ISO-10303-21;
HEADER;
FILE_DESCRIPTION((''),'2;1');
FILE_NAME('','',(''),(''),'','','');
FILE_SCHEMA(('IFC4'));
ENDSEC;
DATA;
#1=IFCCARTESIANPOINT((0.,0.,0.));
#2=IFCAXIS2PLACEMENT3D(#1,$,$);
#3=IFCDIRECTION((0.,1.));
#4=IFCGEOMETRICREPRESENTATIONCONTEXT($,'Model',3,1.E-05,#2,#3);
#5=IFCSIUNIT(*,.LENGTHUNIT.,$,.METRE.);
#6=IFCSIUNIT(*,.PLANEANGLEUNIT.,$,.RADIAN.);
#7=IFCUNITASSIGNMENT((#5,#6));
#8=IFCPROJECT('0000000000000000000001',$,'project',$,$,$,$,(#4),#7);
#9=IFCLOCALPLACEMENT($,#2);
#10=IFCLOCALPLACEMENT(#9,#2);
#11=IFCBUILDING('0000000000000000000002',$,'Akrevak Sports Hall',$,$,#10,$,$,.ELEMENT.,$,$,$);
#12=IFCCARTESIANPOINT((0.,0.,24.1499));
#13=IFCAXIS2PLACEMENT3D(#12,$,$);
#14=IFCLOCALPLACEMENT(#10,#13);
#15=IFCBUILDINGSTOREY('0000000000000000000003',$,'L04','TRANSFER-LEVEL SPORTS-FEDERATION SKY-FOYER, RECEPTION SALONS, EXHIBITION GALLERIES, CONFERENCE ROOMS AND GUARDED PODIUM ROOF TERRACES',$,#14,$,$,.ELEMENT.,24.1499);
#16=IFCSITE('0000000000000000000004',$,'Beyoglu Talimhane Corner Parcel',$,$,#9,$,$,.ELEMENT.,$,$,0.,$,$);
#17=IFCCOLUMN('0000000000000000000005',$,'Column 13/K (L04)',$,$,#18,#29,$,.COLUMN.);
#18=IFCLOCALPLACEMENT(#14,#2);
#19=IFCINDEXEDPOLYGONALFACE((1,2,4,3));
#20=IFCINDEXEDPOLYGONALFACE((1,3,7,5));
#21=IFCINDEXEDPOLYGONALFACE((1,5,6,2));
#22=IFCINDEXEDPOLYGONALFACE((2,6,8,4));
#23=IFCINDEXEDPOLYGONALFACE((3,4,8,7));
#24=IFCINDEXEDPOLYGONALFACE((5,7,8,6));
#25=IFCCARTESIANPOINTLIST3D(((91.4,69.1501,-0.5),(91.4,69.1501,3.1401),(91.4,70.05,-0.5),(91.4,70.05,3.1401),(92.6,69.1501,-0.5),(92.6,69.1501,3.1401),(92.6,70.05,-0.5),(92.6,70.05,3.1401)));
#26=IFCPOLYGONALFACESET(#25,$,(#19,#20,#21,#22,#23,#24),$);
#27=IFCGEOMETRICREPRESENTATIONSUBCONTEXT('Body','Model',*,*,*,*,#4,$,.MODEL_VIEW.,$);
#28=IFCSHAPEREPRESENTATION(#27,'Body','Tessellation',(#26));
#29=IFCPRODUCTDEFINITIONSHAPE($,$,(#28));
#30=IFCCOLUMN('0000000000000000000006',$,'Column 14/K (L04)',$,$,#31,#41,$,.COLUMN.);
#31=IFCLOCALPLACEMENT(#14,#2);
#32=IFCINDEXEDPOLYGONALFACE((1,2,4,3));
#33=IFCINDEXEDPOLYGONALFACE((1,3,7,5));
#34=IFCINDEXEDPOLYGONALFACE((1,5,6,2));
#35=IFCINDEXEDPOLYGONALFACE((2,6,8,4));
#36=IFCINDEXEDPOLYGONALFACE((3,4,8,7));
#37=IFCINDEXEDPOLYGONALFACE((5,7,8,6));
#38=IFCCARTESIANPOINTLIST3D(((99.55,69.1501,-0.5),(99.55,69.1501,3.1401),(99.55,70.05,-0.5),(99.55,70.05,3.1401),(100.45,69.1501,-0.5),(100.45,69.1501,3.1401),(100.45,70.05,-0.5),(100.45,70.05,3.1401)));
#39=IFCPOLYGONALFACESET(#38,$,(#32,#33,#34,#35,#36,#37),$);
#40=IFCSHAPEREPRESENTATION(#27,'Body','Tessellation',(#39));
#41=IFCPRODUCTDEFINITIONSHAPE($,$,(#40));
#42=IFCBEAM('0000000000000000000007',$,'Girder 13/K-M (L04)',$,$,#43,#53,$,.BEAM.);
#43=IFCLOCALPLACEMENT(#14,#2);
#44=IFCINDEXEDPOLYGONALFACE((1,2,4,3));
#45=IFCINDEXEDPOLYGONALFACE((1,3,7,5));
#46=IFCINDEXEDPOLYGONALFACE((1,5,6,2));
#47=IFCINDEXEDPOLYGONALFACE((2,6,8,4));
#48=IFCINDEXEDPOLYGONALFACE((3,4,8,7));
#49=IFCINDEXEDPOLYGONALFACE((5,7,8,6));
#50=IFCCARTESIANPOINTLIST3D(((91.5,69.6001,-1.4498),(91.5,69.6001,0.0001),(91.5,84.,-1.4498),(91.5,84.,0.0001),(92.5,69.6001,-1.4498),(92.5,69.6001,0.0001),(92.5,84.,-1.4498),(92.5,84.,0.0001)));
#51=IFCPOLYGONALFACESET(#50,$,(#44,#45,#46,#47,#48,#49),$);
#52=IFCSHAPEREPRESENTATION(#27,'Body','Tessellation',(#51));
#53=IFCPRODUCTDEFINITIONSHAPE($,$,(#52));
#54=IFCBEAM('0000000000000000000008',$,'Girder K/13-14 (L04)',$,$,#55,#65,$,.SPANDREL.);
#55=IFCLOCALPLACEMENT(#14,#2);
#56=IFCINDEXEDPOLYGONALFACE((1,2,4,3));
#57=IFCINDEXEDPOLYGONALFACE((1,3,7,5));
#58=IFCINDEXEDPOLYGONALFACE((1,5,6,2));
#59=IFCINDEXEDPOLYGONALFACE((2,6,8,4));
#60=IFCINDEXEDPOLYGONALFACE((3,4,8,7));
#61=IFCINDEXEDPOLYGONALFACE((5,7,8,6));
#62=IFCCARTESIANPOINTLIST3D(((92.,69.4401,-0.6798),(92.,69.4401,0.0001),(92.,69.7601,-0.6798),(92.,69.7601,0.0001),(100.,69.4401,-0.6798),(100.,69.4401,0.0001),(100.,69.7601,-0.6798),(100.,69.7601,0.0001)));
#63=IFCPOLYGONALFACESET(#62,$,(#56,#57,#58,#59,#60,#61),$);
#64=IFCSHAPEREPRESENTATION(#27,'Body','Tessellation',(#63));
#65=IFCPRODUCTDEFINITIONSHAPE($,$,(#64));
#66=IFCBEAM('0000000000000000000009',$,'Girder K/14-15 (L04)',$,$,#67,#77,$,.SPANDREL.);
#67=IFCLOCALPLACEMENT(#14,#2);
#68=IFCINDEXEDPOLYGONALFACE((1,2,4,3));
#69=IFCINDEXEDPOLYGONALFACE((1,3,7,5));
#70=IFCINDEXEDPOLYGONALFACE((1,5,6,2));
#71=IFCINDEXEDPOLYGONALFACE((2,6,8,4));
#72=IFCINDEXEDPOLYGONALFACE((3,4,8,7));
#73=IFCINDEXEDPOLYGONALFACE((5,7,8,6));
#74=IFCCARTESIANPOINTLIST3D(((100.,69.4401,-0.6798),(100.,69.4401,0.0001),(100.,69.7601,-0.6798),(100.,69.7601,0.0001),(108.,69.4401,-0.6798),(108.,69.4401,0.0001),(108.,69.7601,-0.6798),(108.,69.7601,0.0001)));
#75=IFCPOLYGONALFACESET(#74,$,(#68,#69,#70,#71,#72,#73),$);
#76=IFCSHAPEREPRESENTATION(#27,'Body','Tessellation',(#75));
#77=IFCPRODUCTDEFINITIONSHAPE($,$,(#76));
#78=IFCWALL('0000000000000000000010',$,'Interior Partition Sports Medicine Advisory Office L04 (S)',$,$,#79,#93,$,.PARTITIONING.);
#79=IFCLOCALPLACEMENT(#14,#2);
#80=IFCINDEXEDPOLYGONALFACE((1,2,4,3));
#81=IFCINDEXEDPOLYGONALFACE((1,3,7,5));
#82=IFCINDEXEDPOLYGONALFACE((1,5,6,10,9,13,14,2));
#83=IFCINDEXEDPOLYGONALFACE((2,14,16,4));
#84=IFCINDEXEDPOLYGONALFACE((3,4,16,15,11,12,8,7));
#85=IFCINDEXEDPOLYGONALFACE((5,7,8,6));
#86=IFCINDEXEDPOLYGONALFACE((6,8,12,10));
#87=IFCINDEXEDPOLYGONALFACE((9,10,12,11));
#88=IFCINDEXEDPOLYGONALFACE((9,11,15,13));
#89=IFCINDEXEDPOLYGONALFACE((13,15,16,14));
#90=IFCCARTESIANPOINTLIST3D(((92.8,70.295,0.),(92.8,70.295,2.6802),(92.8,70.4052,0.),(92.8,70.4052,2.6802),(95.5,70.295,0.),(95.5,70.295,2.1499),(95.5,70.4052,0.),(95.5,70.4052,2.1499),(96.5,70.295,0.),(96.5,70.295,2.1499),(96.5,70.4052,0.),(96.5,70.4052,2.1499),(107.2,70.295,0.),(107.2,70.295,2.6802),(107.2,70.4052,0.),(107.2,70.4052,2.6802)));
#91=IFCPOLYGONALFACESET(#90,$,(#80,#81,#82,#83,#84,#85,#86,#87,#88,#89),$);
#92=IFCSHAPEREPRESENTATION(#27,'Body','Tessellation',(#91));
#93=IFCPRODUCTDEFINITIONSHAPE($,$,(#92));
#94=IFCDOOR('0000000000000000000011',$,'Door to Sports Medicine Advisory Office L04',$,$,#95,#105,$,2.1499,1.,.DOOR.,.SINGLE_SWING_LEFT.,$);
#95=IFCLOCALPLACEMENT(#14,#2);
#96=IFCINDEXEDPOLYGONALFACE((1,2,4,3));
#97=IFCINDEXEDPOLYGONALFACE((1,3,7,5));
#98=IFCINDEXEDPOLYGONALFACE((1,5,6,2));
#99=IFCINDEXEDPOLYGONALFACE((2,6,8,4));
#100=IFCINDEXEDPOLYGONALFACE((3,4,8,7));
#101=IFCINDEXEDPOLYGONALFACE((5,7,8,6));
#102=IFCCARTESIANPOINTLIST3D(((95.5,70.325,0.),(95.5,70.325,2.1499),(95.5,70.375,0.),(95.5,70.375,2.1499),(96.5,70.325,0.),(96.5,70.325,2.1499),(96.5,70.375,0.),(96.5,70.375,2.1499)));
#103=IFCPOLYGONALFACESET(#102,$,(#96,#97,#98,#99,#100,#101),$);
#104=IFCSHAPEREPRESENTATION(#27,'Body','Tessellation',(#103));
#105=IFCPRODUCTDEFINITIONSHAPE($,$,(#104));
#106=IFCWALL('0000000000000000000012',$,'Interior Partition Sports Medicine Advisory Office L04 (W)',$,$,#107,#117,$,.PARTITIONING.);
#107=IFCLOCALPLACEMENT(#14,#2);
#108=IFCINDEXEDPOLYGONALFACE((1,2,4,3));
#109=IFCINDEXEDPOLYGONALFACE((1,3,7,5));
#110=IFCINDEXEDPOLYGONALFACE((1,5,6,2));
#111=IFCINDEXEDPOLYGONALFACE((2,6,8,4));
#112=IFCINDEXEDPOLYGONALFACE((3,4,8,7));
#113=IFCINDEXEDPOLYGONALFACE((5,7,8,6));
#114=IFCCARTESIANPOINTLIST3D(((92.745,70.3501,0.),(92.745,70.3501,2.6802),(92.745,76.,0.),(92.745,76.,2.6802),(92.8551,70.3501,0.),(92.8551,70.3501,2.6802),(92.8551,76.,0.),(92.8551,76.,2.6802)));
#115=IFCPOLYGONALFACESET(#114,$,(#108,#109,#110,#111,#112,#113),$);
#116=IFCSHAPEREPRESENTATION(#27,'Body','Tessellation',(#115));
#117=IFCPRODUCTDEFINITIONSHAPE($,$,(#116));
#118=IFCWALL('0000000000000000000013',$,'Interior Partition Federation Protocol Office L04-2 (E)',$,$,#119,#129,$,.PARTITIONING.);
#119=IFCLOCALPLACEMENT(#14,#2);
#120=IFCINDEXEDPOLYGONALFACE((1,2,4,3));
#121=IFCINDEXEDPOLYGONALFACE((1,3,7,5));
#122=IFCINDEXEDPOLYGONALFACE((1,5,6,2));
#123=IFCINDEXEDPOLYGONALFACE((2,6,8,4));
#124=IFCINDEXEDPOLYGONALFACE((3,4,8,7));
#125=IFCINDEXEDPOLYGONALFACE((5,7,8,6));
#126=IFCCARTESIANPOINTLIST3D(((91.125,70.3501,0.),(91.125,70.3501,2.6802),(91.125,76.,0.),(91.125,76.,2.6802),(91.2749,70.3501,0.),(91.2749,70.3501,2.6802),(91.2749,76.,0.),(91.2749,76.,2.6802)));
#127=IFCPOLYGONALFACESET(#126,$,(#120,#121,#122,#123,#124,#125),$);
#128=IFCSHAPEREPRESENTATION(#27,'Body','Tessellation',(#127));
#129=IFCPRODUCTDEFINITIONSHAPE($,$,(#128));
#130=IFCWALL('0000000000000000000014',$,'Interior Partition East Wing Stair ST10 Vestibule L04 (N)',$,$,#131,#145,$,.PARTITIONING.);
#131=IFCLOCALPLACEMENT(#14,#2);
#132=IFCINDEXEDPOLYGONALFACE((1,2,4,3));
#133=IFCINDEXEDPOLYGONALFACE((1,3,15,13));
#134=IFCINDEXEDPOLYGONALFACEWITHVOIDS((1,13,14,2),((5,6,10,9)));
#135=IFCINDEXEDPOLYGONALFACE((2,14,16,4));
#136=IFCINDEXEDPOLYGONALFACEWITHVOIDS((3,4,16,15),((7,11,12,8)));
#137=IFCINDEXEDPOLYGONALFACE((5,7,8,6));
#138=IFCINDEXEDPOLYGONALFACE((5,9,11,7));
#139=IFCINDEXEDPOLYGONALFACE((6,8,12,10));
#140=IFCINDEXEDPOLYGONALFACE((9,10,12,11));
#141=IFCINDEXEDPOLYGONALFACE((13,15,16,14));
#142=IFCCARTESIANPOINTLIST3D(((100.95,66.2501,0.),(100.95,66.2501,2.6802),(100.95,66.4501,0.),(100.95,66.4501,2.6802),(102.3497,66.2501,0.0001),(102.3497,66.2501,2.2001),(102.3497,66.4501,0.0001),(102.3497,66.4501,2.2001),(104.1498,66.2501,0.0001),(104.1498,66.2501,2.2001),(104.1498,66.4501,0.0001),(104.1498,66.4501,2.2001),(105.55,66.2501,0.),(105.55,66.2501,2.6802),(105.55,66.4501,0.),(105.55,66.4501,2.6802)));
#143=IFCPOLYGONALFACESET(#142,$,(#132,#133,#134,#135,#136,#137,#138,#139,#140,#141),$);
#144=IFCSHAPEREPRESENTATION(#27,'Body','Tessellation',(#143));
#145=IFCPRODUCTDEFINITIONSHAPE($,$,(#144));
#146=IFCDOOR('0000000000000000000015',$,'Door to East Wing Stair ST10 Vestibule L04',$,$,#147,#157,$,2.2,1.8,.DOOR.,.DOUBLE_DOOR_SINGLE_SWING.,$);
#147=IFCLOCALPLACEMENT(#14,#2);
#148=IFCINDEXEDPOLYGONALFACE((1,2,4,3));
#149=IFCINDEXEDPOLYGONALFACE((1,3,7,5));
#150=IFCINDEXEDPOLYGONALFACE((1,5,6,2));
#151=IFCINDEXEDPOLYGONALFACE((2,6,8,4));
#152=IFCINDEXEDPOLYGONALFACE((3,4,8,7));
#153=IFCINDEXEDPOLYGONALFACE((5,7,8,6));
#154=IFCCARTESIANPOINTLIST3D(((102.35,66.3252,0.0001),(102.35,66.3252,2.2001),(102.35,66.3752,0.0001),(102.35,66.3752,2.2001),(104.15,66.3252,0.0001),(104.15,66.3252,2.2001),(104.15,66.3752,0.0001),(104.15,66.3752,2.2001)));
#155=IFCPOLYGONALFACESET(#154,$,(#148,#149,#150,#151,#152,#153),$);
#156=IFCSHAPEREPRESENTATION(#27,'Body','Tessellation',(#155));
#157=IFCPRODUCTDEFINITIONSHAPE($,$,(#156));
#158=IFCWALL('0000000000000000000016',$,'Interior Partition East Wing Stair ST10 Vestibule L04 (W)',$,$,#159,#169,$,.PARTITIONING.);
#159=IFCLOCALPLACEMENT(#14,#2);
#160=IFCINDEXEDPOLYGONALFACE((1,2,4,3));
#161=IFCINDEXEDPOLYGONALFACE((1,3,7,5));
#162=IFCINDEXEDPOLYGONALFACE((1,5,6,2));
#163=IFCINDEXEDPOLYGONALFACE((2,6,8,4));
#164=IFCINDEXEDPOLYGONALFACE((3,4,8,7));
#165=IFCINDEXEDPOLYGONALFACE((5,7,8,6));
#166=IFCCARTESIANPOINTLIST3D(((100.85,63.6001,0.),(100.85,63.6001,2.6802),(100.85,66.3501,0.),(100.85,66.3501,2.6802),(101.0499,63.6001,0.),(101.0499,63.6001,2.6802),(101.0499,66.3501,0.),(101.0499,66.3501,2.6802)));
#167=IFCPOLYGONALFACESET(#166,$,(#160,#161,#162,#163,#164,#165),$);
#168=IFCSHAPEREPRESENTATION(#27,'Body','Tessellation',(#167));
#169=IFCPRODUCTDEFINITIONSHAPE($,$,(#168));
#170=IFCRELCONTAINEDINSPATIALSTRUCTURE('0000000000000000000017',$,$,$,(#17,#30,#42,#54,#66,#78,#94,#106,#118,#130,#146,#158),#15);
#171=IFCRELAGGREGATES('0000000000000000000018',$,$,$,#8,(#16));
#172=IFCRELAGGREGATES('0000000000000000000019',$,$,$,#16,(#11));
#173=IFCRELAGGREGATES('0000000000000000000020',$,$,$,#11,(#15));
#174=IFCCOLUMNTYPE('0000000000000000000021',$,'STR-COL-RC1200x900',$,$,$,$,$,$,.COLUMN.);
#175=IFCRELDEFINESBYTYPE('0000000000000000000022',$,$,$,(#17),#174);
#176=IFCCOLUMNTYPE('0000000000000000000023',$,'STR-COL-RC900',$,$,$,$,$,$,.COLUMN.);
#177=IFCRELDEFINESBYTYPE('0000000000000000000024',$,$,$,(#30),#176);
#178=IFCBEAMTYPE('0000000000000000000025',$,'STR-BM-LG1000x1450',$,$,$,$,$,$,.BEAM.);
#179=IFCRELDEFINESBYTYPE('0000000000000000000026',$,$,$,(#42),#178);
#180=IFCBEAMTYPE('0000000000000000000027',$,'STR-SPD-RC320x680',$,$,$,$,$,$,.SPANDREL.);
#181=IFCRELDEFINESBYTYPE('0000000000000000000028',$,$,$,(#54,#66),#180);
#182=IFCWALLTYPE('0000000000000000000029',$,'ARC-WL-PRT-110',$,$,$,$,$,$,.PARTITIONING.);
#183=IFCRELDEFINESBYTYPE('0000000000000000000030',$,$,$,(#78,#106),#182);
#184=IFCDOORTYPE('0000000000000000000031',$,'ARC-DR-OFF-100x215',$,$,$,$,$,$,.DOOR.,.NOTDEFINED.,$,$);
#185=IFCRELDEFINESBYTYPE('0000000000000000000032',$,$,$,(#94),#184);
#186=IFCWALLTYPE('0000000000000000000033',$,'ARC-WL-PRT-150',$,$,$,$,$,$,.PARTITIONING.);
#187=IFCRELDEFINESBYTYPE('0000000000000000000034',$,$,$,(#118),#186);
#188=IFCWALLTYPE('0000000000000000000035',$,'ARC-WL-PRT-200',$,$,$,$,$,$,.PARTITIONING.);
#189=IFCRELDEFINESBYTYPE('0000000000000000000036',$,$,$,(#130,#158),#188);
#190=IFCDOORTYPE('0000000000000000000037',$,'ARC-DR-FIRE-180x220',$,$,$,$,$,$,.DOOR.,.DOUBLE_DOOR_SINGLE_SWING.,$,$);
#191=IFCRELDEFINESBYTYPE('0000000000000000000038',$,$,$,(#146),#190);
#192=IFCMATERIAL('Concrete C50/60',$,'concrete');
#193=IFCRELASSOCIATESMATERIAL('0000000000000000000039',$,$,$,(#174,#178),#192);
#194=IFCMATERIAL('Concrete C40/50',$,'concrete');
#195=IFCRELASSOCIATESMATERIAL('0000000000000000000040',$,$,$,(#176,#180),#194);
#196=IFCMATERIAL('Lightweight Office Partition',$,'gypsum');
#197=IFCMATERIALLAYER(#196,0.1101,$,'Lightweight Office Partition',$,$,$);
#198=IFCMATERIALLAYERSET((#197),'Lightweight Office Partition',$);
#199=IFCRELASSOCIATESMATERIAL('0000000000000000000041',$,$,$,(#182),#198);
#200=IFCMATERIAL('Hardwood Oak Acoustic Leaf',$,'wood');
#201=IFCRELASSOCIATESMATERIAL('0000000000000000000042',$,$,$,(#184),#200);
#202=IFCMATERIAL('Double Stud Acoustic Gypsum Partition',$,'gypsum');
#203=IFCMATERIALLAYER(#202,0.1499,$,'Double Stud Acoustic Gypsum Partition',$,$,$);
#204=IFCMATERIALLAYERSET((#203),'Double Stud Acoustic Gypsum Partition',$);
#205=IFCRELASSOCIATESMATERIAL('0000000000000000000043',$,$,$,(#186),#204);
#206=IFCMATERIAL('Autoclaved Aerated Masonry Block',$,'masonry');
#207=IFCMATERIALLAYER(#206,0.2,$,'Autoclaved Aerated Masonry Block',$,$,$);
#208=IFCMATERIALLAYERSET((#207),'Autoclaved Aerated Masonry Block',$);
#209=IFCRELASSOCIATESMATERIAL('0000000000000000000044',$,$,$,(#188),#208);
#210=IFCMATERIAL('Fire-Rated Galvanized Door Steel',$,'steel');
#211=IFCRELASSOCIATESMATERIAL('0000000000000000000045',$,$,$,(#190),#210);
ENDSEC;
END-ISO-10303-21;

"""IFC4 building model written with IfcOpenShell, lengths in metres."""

from ifc_helpers import new_model, si_unit, direction, frame, frame_2d, origin, origin_2d, place, context, subcontext, project, spatial, rectangle, extrude, material, layer, layer_set, material_profile, profile_set, type_object, element, fill, save


model = new_model("IFC4")

# Units and contexts
model_context = context("Model", 3, precision=1e-05, world=origin(), true_north=direction((0.0, 1.0)))
body_context = subcontext(model_context, "Body", "Model", "MODEL_VIEW")
ifc_project = project(units=[si_unit("LENGTHUNIT", "METRE"), si_unit("PLANEANGLEUNIT", "RADIAN")], contexts=[model_context])

# Site, building, storey
site_placement = place(None, origin())
site = spatial("IfcSite", under=ifc_project, at=site_placement, Name="Beyoglu Talimhane Corner Parcel", CompositionType="ELEMENT", RefElevation=0.0)
building_placement = place(site_placement, origin())
building = spatial("IfcBuilding", under=site, at=building_placement, Name="Akrevak Sports Hall", CompositionType="ELEMENT")
storey_placement = place(building_placement, frame((0.0, 0.0, 24.1499)))
storey = spatial("IfcBuildingStorey", under=building, at=storey_placement, Name="L04", Description="TRANSFER-LEVEL SPORTS-FEDERATION SKY-FOYER, RECEPTION SALONS, EXHIBITION GALLERIES, CONFERENCE ROOMS AND GUARDED PODIUM ROOF TERRACES", CompositionType="ELEMENT", Elevation=24.1499)

# Columns
ifc_material_1 = material(Name="Concrete C50/60", Category="concrete")
ifc_material_profile_1 = material_profile(ifc_material_1, rectangle(XDim=1.2, YDim=0.8999, at=origin_2d()), Name="RC 1200x900", Category="concrete")
ifc_profile_set_1 = profile_set([ifc_material_profile_1], Name="Concrete C50/60")
column_type_1 = type_object("IfcColumnType", Name="STR-COL-RC1200x900", PredefinedType="COLUMN", material=ifc_profile_set_1)
column_1_placement = place(storey_placement, frame((92.0, 69.6001, -0.5), z_axis=(0.0, 0.0, 1.0), x_axis=(1.0, 0.0, 0.0)))
element("IfcColumn", 1, at=column_1_placement, inside=storey, type_object=column_type_1, Name="Column 13/K (L04)", PredefinedType="COLUMN", context=body_context, shape_type="SweptSolid", body=[
    extrude(rectangle(XDim=1.2, YDim=0.8999, at=origin_2d()), origin(), (0.0, 0.0, 1.0), 3.6401),
])
ifc_material_2 = material(Name="Concrete C40/50", Category="concrete")
ifc_material_profile_2 = material_profile(ifc_material_2, rectangle(XDim=0.8999, YDim=0.8999, at=origin_2d()), Name="RC 900x900", Category="concrete")
ifc_profile_set_2 = profile_set([ifc_material_profile_2], Name="Concrete C40/50")
column_type_2 = type_object("IfcColumnType", Name="STR-COL-RC900", PredefinedType="COLUMN", material=ifc_profile_set_2)
column_2_placement = place(storey_placement, frame((100.0, 69.6001, -0.5), z_axis=(0.0, 0.0, 1.0), x_axis=(1.0, 0.0, 0.0)))
element("IfcColumn", 2, at=column_2_placement, inside=storey, type_object=column_type_2, Name="Column 14/K (L04)", PredefinedType="COLUMN", context=body_context, shape_type="SweptSolid", body=[
    extrude(rectangle(XDim=0.8999, YDim=0.8999, at=origin_2d()), origin(), (0.0, 0.0, 1.0), 3.6401),
])

# Beams
ifc_material_profile_3 = material_profile(ifc_material_1, rectangle(XDim=1.0, YDim=1.45, at=origin_2d()), Name="BM 1000x1450", Category="concrete")
ifc_profile_set_3 = profile_set([ifc_material_profile_3], Name="Concrete C50/60")
beam_type_1 = type_object("IfcBeamType", Name="STR-BM-LG1000x1450", PredefinedType="BEAM", material=ifc_profile_set_3)
beam_placement = place(storey_placement, frame((92.0, 69.6001, -0.7249), z_axis=(0.0, 1.0, 0.0), x_axis=(-1.0, 0.0, 0.0)))
element("IfcBeam", 3, at=beam_placement, inside=storey, type_object=beam_type_1, Name="Girder 13/K-M (L04)", PredefinedType="BEAM", context=body_context, shape_type="SweptSolid", body=[
    extrude(rectangle(XDim=1.0, YDim=1.45, at=origin_2d()), origin(), (0.0, 0.0, 1.0), 14.3999),
])
ifc_material_profile_4 = material_profile(ifc_material_2, rectangle(XDim=0.3201, YDim=0.6799, at=origin_2d()), Name="SPD 320x680", Category="concrete")
ifc_profile_set_4 = profile_set([ifc_material_profile_4], Name="Concrete C40/50")
beam_type_2 = type_object("IfcBeamType", Name="STR-SPD-RC320x680", PredefinedType="SPANDREL", material=ifc_profile_set_4)
for number, where, z_axis, x_axis, name in (
    (4, (92.0, 69.6001, -0.3398), (1.0, 0.0, 0.0), (0.0, 1.0, 0.0), "Girder K/13-14 (L04)"),
    (5, (100.0, 69.6001, -0.3398), (1.0, 0.0, 0.0), (0.0, 1.0, 0.0), "Girder K/14-15 (L04)"),
):
    element("IfcBeam", number, at=place(storey_placement, frame(where, z_axis=z_axis, x_axis=x_axis)), inside=storey, type_object=beam_type_2, Name=name, PredefinedType="SPANDREL", context=body_context, shape_type="SweptSolid", body=[
        extrude(rectangle(XDim=0.3201, YDim=0.6799, at=origin_2d()), origin(), (0.0, 0.0, 1.0), 8.0),
    ])

# Wall, opening, door
ifc_material_3 = material(Name="Lightweight Office Partition", Category="gypsum")
ifc_layer_1 = layer(ifc_material_3, 0.1101, Name="Lightweight Office Partition")
ifc_layer_set_1 = layer_set([ifc_layer_1], Name="Lightweight Office Partition")
wall_type_1 = type_object("IfcWallType", Name="ARC-WL-PRT-110", PredefinedType="PARTITIONING", material=ifc_layer_set_1)
wall_1_placement = place(storey_placement, frame((92.8, 70.3501, 0.0), z_axis=(0.0, 0.0, 1.0), x_axis=(1.0, 0.0, 0.0)))
wall_1 = element("IfcWall", 6, at=wall_1_placement, inside=storey, type_object=wall_type_1, Name="Interior Partition Sports Medicine Advisory Office L04 (S)", PredefinedType="PARTITIONING", context=body_context, shape_type="SweptSolid", body=[
    extrude(rectangle(XDim=14.3999, YDim=0.1101, at=frame_2d((7.2, 0.0))), origin(), (0.0, 0.0, 1.0), 2.6802),
])
opening_1_placement = place(wall_1_placement, frame((2.7, 0.0, 0.0)))
opening_1 = element("IfcOpeningElement", 7, at=opening_1_placement, cuts=wall_1, PredefinedType="OPENING", context=body_context, shape_type="SweptSolid", body=[
    extrude(rectangle(XDim=1.0, YDim=2.1499, at=frame_2d((0.5, 1.075))), frame((0.0, 0.0669, 0.0), z_axis=(0.0, -1.0, 0.0), x_axis=(1.0, 0.0, 0.0)), (0.0, 0.0, 1.0), 0.134),
])
ifc_material_4 = material(Name="Hardwood Oak Acoustic Leaf", Category="wood")
door_type_1 = type_object("IfcDoorType", Name="ARC-DR-OFF-100x215", OperationType="NOTDEFINED", PredefinedType="DOOR", material=ifc_material_4)
door_1_placement = place(opening_1_placement, origin())
door_1 = element("IfcDoor", 8, at=door_1_placement, inside=storey, type_object=door_type_1, Name="Door to Sports Medicine Advisory Office L04", OperationType="SINGLE_SWING_LEFT", OverallHeight=2.1499, OverallWidth=1.0, PredefinedType="DOOR", context=body_context, shape_type="SweptSolid", body=[
    extrude(rectangle(XDim=1.0, YDim=2.1499, at=frame_2d((0.5, 1.075))), frame((0.0, 0.0249, 0.0), z_axis=(0.0, -1.0, 0.0), x_axis=(1.0, 0.0, 0.0)), (0.0, 0.0, 1.0), 0.05),
])
fill(opening_1, door_1)

# Walls
wall_2_placement = place(storey_placement, frame((92.8, 70.3501, 0.0), z_axis=(0.0, 0.0, 1.0), x_axis=(0.0, 1.0, 0.0)))
element("IfcWall", 9, at=wall_2_placement, inside=storey, type_object=wall_type_1, Name="Interior Partition Sports Medicine Advisory Office L04 (W)", PredefinedType="PARTITIONING", context=body_context, shape_type="SweptSolid", body=[
    extrude(rectangle(XDim=5.6499, YDim=0.1101, at=frame_2d((2.825, 0.0))), origin(), (0.0, 0.0, 1.0), 2.6802),
])
ifc_material_5 = material(Name="Double Stud Acoustic Gypsum Partition", Category="gypsum")
ifc_layer_2 = layer(ifc_material_5, 0.1499, Name="Double Stud Acoustic Gypsum Partition")
ifc_layer_set_2 = layer_set([ifc_layer_2], Name="Double Stud Acoustic Gypsum Partition")
wall_type_2 = type_object("IfcWallType", Name="ARC-WL-PRT-150", PredefinedType="PARTITIONING", material=ifc_layer_set_2)
wall_3_placement = place(storey_placement, frame((91.2, 70.3501, 0.0), z_axis=(0.0, 0.0, 1.0), x_axis=(0.0, 1.0, 0.0)))
element("IfcWall", 10, at=wall_3_placement, inside=storey, type_object=wall_type_2, Name="Interior Partition Federation Protocol Office L04-2 (E)", PredefinedType="PARTITIONING", context=body_context, shape_type="SweptSolid", body=[
    extrude(rectangle(XDim=5.6499, YDim=0.1499, at=frame_2d((2.825, 0.0))), origin(), (0.0, 0.0, 1.0), 2.6802),
])

# Wall, opening, door
ifc_material_6 = material(Name="Autoclaved Aerated Masonry Block", Category="masonry")
ifc_layer_3 = layer(ifc_material_6, 0.2, Name="Autoclaved Aerated Masonry Block")
ifc_layer_set_3 = layer_set([ifc_layer_3], Name="Autoclaved Aerated Masonry Block")
wall_type_3 = type_object("IfcWallType", Name="ARC-WL-PRT-200", PredefinedType="PARTITIONING", material=ifc_layer_set_3)
wall_4_placement = place(storey_placement, frame((100.95, 66.3501, 0.0), z_axis=(0.0, 0.0, 1.0), x_axis=(1.0, 0.0, 0.0)))
wall_4 = element("IfcWall", 11, at=wall_4_placement, inside=storey, type_object=wall_type_3, Name="Interior Partition East Wing Stair ST10 Vestibule L04 (N)", PredefinedType="PARTITIONING", context=body_context, shape_type="SweptSolid", body=[
    extrude(rectangle(XDim=4.6001, YDim=0.2, at=frame_2d((2.3, 0.0))), origin(), (0.0, 0.0, 1.0), 2.6802),
])
opening_2_placement = place(wall_4_placement, frame((1.3999, 0.0, 0.0)))
opening_2 = element("IfcOpeningElement", 12, at=opening_2_placement, cuts=wall_4, PredefinedType="OPENING", context=body_context, shape_type="SweptSolid", body=[
    extrude(rectangle(XDim=1.8, YDim=2.2, at=frame_2d((0.8999, 1.1001))), frame((0.0, 0.1118, 0.0), z_axis=(0.0, -1.0, 0.0), x_axis=(1.0, 0.0, 0.0)), (0.0, 0.0, 1.0), 0.2239),
])
ifc_material_7 = material(Name="Fire-Rated Galvanized Door Steel", Category="steel")
door_type_2 = type_object("IfcDoorType", Name="ARC-DR-FIRE-180x220", OperationType="DOUBLE_DOOR_SINGLE_SWING", PredefinedType="DOOR", material=ifc_material_7)
door_2_placement = place(opening_2_placement, frame((1.8, 0.0, 0.0), z_axis=(0.0, 0.0, 1.0), x_axis=(-1.0, 0.0, 0.0)))
door_2 = element("IfcDoor", 13, at=door_2_placement, inside=storey, type_object=door_type_2, Name="Door to East Wing Stair ST10 Vestibule L04", OperationType="DOUBLE_DOOR_SINGLE_SWING", OverallHeight=2.2, OverallWidth=1.8, PredefinedType="DOOR", context=body_context, shape_type="SweptSolid", body=[
    extrude(rectangle(XDim=1.8, YDim=2.2, at=frame_2d((0.8999, 1.1001))), frame((0.0, 0.0249, 0.0), z_axis=(0.0, -1.0, 0.0), x_axis=(1.0, 0.0, 0.0)), (0.0, 0.0, 1.0), 0.05),
])
fill(opening_2, door_2)

# Wall
wall_5_placement = place(storey_placement, frame((100.95, 63.6001, 0.0), z_axis=(0.0, 0.0, 1.0), x_axis=(0.0, 1.0, 0.0)))
element("IfcWall", 14, at=wall_5_placement, inside=storey, type_object=wall_type_3, Name="Interior Partition East Wing Stair ST10 Vestibule L04 (W)", PredefinedType="PARTITIONING", context=body_context, shape_type="SweptSolid", body=[
    extrude(rectangle(XDim=2.75, YDim=0.2, at=frame_2d((1.375, 0.0))), origin(), (0.0, 0.0, 1.0), 2.6802),
])

save(model, "model.ifc")
